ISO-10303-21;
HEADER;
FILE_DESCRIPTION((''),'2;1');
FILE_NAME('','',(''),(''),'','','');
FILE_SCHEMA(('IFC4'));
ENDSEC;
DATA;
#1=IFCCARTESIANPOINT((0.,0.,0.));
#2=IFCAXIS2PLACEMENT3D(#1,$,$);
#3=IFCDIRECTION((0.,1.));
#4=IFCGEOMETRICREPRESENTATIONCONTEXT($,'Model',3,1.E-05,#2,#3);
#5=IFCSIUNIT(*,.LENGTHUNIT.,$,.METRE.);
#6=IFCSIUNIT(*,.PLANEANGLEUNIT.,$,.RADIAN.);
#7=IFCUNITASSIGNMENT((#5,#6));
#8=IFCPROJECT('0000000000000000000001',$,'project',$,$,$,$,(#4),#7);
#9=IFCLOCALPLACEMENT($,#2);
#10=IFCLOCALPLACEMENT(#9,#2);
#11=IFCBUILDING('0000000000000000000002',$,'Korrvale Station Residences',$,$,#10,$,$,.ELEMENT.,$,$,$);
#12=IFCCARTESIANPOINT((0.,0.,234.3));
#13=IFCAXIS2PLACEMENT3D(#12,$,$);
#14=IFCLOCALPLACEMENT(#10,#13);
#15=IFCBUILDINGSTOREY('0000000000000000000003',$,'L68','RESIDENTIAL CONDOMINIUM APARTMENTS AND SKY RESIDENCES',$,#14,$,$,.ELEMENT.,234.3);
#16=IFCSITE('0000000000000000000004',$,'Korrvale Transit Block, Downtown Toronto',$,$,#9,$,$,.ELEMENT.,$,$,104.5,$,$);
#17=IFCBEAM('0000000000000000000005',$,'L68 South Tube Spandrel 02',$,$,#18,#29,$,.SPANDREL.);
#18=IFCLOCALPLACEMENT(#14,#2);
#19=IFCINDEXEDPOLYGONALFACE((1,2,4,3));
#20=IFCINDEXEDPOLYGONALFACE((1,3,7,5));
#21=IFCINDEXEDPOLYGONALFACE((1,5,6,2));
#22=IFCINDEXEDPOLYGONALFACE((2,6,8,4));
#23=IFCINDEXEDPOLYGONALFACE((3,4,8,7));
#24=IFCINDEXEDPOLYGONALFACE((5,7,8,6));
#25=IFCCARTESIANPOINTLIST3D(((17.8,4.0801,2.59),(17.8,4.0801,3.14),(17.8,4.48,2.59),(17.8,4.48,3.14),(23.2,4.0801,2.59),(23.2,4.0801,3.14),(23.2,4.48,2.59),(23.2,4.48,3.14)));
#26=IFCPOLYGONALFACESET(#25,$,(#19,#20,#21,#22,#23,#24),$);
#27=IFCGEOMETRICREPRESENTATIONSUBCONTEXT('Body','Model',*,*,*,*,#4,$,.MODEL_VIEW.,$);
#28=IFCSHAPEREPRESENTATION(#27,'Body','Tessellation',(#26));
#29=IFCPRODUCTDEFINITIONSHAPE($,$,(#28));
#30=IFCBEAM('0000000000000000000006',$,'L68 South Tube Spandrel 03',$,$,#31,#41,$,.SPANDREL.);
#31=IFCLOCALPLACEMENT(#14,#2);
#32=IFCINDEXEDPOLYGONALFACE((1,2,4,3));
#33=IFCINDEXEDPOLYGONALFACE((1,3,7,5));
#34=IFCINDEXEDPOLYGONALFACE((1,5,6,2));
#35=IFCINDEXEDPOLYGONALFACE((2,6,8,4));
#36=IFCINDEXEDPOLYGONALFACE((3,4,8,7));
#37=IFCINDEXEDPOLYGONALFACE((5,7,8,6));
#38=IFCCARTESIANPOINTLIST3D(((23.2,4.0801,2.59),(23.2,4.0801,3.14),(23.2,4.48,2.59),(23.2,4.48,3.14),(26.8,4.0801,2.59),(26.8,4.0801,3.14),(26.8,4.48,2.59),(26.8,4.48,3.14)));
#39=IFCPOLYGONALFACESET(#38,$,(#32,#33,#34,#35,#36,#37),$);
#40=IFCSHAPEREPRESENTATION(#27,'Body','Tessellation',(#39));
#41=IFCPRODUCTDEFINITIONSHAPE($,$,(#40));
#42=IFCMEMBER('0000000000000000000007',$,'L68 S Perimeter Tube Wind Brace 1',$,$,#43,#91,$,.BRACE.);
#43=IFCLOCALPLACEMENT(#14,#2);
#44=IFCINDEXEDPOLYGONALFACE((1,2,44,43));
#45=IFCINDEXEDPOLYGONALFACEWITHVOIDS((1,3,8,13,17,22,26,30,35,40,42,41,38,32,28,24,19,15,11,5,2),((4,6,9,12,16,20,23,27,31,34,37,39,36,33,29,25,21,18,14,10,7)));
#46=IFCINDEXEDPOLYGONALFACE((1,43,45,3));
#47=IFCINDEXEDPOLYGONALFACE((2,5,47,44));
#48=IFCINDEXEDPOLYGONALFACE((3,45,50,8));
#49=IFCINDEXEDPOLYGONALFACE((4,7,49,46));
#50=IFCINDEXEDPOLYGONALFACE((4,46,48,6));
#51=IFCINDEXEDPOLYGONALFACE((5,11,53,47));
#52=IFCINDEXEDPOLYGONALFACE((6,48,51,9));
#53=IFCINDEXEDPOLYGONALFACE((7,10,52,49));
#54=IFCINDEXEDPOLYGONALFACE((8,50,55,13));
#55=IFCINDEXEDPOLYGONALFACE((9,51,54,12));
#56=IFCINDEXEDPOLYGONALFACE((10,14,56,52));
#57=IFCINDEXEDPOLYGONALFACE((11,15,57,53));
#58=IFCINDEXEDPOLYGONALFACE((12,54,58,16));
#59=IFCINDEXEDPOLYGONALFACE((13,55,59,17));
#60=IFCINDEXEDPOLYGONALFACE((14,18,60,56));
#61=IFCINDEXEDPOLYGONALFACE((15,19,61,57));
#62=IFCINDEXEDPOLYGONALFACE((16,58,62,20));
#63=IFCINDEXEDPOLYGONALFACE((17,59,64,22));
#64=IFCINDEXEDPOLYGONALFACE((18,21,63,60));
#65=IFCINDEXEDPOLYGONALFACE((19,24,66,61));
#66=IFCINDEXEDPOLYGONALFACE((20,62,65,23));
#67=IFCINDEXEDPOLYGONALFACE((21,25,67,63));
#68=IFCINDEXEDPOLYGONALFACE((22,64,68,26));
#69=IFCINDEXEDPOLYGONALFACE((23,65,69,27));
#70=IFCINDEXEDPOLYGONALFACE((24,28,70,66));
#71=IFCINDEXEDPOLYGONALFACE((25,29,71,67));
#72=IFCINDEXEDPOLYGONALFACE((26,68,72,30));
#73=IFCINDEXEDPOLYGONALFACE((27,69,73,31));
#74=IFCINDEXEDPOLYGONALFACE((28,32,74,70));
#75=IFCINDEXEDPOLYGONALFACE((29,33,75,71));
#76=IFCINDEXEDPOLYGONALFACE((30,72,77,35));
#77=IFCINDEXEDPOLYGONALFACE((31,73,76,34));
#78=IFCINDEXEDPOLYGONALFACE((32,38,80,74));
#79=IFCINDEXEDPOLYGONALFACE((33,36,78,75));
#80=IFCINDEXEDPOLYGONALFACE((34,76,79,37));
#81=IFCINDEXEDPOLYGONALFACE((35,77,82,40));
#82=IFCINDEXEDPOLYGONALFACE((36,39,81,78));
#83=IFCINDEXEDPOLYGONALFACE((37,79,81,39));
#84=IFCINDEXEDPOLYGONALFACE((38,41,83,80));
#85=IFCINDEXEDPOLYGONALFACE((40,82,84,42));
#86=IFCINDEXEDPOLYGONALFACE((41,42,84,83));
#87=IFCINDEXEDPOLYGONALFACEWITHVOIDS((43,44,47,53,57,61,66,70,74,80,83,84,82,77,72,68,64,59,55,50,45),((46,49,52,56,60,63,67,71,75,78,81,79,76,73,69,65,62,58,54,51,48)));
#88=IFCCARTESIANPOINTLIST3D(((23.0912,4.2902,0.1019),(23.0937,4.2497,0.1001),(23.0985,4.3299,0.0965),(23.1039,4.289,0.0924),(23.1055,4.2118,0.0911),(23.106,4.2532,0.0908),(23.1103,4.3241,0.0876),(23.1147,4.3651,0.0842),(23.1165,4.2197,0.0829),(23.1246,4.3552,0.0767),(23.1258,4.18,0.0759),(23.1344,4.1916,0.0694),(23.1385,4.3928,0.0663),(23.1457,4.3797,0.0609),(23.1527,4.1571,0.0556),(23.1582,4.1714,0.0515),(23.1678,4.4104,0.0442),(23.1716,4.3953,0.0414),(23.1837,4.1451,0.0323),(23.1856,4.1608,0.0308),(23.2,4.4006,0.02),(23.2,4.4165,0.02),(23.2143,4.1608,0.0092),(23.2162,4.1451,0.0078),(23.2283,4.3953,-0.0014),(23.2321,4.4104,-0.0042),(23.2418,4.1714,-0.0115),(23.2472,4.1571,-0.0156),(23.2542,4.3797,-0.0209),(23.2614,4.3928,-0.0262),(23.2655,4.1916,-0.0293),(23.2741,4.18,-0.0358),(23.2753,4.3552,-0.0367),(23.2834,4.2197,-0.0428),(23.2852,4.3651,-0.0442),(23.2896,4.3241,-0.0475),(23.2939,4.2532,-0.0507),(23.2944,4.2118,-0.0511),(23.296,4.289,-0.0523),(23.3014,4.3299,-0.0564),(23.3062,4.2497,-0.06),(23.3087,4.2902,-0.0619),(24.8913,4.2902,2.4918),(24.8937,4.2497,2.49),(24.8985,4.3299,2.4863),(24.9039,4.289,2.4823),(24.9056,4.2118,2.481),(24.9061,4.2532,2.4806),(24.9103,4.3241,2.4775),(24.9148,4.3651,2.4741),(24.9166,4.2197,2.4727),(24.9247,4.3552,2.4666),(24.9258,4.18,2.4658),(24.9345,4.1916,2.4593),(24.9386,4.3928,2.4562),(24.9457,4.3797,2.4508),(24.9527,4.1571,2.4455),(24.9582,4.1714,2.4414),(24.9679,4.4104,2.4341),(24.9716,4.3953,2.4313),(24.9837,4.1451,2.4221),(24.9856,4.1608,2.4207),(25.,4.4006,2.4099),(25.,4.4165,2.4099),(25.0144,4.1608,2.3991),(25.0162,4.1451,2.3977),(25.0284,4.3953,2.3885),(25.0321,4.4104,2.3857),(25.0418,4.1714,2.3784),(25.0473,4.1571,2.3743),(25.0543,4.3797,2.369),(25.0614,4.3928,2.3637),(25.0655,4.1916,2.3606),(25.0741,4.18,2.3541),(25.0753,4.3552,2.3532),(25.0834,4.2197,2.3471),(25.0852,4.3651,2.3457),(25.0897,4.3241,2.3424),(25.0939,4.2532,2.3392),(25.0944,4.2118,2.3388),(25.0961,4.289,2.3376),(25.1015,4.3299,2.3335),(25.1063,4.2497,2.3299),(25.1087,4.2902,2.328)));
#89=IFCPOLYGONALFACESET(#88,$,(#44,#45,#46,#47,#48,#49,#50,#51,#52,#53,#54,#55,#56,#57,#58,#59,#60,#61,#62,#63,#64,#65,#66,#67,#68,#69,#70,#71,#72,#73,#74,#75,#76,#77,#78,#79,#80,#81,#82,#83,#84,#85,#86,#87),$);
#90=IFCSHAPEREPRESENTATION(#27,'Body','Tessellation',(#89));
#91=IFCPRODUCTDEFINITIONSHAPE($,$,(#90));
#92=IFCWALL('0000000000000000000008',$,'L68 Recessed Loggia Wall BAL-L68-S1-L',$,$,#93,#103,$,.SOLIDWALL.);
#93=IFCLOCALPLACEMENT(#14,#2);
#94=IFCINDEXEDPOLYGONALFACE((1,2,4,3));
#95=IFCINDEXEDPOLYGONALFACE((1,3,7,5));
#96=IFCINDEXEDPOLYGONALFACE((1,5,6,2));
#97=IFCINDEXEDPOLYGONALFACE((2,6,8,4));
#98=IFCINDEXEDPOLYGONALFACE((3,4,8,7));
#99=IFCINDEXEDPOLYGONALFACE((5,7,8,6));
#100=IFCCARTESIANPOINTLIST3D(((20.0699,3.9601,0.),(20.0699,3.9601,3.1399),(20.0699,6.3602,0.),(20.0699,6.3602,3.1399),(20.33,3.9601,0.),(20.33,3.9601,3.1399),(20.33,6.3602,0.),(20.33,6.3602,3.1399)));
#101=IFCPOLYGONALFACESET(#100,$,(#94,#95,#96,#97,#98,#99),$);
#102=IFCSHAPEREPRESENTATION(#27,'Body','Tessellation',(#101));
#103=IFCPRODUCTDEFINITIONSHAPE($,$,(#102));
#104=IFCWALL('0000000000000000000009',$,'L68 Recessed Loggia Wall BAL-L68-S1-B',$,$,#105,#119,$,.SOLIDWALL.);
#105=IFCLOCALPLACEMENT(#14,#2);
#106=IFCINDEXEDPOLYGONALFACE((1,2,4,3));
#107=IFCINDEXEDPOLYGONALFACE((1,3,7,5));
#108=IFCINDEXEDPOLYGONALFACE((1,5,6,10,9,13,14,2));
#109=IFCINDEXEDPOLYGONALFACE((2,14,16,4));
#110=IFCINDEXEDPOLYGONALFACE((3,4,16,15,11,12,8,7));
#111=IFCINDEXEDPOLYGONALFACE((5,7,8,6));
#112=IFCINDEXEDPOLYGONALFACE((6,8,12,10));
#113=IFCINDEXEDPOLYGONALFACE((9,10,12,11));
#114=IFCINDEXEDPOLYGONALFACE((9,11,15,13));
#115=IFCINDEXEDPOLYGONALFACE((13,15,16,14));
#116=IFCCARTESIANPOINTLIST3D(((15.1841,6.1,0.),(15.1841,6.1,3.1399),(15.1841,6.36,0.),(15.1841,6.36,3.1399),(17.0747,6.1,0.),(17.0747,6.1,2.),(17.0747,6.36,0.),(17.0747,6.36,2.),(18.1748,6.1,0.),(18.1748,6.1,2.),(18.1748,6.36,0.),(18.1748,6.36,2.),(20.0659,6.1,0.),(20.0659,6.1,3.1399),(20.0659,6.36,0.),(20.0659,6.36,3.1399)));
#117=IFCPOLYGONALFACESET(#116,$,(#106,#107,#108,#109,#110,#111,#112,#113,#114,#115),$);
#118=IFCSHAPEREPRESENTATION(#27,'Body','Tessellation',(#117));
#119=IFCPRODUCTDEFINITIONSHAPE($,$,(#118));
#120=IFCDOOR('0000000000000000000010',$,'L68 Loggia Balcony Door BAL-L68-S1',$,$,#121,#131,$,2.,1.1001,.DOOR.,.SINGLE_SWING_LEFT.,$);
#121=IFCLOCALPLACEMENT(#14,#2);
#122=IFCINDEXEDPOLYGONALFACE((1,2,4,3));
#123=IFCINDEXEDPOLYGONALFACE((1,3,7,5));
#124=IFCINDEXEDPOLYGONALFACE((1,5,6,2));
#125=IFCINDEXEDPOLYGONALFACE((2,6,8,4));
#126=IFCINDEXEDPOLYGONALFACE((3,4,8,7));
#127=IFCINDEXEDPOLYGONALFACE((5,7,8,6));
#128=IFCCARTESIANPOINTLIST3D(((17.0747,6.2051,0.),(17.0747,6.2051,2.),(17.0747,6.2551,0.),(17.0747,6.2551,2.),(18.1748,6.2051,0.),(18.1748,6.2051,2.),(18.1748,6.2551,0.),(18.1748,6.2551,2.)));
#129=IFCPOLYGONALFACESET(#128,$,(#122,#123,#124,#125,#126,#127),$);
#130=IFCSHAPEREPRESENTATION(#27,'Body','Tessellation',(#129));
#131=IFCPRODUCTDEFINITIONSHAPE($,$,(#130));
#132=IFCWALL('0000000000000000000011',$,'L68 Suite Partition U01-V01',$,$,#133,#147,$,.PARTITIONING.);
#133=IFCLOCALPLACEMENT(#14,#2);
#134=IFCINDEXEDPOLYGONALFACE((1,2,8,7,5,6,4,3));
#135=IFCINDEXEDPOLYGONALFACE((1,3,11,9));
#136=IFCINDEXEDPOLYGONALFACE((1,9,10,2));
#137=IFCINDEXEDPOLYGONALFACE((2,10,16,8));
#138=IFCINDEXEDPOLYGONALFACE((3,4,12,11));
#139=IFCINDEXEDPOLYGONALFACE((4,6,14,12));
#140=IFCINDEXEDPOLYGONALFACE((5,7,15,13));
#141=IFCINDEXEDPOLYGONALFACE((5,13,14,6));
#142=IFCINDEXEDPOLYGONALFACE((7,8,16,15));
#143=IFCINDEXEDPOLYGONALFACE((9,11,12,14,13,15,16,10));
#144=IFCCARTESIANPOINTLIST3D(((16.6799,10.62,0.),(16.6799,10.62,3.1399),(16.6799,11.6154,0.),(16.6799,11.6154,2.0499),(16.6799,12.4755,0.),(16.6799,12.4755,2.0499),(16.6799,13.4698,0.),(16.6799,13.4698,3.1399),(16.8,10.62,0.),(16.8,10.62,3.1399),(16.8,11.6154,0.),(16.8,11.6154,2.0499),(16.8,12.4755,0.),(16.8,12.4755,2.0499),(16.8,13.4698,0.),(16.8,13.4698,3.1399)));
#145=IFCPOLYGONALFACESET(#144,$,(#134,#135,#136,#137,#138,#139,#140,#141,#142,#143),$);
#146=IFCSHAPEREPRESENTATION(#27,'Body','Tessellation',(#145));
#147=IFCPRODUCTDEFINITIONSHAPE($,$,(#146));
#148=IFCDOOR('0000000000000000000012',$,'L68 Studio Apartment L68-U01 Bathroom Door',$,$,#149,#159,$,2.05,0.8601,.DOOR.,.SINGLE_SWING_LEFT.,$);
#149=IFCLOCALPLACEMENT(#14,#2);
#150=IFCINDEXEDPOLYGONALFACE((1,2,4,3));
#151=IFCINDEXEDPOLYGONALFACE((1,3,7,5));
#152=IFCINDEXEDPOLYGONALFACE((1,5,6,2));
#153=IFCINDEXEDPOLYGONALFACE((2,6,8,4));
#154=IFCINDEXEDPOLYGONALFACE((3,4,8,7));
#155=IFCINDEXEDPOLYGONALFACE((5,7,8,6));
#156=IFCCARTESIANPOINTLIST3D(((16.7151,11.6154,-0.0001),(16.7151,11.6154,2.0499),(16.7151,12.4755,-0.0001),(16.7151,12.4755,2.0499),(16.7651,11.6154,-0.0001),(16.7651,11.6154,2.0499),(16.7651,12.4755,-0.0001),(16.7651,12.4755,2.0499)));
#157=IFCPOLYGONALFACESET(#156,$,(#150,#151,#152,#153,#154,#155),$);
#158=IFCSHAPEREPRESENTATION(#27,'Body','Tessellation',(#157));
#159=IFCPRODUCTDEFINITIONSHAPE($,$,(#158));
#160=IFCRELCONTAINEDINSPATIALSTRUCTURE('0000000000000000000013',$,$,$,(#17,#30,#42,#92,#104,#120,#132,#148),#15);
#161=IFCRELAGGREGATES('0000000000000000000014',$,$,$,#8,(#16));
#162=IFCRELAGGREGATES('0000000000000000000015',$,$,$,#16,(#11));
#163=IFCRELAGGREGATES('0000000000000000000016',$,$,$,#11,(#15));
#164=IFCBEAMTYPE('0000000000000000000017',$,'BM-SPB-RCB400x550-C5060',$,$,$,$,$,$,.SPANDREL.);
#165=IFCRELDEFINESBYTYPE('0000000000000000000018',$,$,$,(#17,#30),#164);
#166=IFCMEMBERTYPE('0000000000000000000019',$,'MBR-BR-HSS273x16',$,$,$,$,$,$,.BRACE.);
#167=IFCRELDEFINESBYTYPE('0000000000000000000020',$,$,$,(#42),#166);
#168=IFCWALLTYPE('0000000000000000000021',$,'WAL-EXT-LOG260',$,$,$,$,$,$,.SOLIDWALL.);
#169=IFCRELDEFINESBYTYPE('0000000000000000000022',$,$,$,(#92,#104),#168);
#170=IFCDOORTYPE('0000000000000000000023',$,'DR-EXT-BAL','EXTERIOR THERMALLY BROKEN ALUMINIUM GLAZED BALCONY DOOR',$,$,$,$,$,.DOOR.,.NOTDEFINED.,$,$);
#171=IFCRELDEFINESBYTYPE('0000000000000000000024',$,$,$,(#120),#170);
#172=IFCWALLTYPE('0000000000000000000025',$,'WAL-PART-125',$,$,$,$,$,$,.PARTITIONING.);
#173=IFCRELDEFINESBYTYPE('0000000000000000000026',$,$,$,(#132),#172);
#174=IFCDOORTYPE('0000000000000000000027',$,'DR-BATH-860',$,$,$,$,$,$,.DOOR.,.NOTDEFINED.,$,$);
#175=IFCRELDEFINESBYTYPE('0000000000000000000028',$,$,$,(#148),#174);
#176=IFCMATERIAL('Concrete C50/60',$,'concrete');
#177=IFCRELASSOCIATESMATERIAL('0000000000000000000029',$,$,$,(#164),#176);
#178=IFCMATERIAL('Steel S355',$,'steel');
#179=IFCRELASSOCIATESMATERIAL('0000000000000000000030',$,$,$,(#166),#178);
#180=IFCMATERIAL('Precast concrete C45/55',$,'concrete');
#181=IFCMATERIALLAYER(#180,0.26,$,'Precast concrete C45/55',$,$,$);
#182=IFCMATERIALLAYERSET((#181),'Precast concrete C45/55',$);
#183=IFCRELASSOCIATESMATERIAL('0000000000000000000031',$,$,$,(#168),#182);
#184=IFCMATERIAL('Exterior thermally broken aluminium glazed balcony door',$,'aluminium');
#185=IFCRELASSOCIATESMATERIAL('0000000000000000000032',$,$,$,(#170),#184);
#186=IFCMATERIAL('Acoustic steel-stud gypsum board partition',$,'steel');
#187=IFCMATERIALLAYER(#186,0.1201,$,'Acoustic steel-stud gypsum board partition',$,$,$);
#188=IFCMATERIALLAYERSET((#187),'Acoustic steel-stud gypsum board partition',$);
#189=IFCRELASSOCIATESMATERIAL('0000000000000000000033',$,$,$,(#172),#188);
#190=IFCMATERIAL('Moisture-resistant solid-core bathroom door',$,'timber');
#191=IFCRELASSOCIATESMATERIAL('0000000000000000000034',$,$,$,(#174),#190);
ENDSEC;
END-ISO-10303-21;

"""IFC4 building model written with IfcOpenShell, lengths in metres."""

from ifc_helpers import new_model, si_unit, direction, frame, frame_2d, origin, origin_2d, place, context, subcontext, project, spatial, rectangle, hollow_circle, extrude, material, layer, layer_set, material_profile, profile_set, type_object, element, fill, save


model = new_model("IFC4")

# Units and contexts
model_context = context("Model", 3, precision=1e-05, world=origin(), true_north=direction((0.0, 1.0)))
body_context = subcontext(model_context, "Body", "Model", "MODEL_VIEW")
ifc_project = project(units=[si_unit("LENGTHUNIT", "METRE"), si_unit("PLANEANGLEUNIT", "RADIAN")], contexts=[model_context])

# Site, building, storey
site_placement = place(None, origin())
site = spatial("IfcSite", under=ifc_project, at=site_placement, Name="Korrvale Transit Block, Downtown Toronto", CompositionType="ELEMENT", RefElevation=104.5)
building_placement = place(site_placement, origin())
building = spatial("IfcBuilding", under=site, at=building_placement, Name="Korrvale Station Residences", CompositionType="ELEMENT")
storey_placement = place(building_placement, frame((0.0, 0.0, 234.3)))
storey = spatial("IfcBuildingStorey", under=building, at=storey_placement, Name="L68", Description="RESIDENTIAL CONDOMINIUM APARTMENTS AND SKY RESIDENCES", CompositionType="ELEMENT", Elevation=234.3)

# Shared definitions
ifc_material_1 = material(Name="Concrete C50/60", Category="concrete")

# Beams
ifc_material_2 = material(Name="Steel S355", Category="steel")
ifc_material_profile_1 = material_profile(ifc_material_1, rectangle(XDim=0.3999, YDim=0.55, at=origin_2d()), Name="RCB400x550")
ifc_profile_set_1 = profile_set([ifc_material_profile_1], Name="Concrete C50/60")
beam_type_1 = type_object("IfcBeamType", Name="BM-SPB-RCB400x550-C5060", PredefinedType="SPANDREL", material=ifc_profile_set_1)
beam_1_placement = place(storey_placement, frame((17.8, 4.28, 2.865), z_axis=(1.0, 0.0, 0.0), x_axis=(0.0, 1.0, 0.0)))
element("IfcBeam", 1, at=beam_1_placement, inside=storey, type_object=beam_type_1, Name="L68 South Tube Spandrel 02", PredefinedType="SPANDREL", context=body_context, shape_type="SweptSolid", body=[
    extrude(rectangle(XDim=0.3999, YDim=0.55, at=origin_2d()), origin(), (0.0, 0.0, 1.0), 5.3999),
])
beam_2_placement = place(storey_placement, frame((23.2, 4.28, 2.865), z_axis=(1.0, 0.0, 0.0), x_axis=(0.0, 1.0, 0.0)))
element("IfcBeam", 2, at=beam_2_placement, inside=storey, type_object=beam_type_1, Name="L68 South Tube Spandrel 03", PredefinedType="SPANDREL", context=body_context, shape_type="SweptSolid", body=[
    extrude(rectangle(XDim=0.3999, YDim=0.55, at=origin_2d()), origin(), (0.0, 0.0, 1.0), 3.6001),
])

# Member
ifc_material_profile_2 = material_profile(ifc_material_2, hollow_circle(Radius=0.1365, WallThickness=0.0159, at=origin_2d()), Name="HSS273x16")
ifc_profile_set_2 = profile_set([ifc_material_profile_2], Name="Steel S355")
member_type = type_object("IfcMemberType", Name="MBR-BR-HSS273x16", PredefinedType="BRACE", material=ifc_profile_set_2)
member_placement = place(storey_placement, frame((23.2, 4.28, 0.02), z_axis=(0.601631, 0.0, 0.798774), x_axis=(0.0, 1.0, 0.0)))
element("IfcMember", 3, at=member_placement, inside=storey, type_object=member_type, Name="L68 S Perimeter Tube Wind Brace 1", PredefinedType="BRACE", context=body_context, shape_type="SweptSolid", body=[
    extrude(hollow_circle(Radius=0.1365, WallThickness=0.0159, at=origin_2d()), origin(), (0.0, 0.0, 1.0), 2.9919),
])

# Wall
ifc_material_3 = material(Name="Precast concrete C45/55", Category="concrete")
ifc_layer_1 = layer(ifc_material_3, 0.26, Name="Precast concrete C45/55")
ifc_layer_set_1 = layer_set([ifc_layer_1], Name="Precast concrete C45/55")
wall_type_1 = type_object("IfcWallType", Name="WAL-EXT-LOG260", PredefinedType="SOLIDWALL", material=ifc_layer_set_1)
wall_1_placement = place(storey_placement, frame((20.2, 3.96, 0.0), z_axis=(0.0, 0.0, 1.0), x_axis=(0.0, 1.0, 0.0)))
element("IfcWall", 4, at=wall_1_placement, inside=storey, type_object=wall_type_1, Name="L68 Recessed Loggia Wall BAL-L68-S1-L", PredefinedType="SOLIDWALL", context=body_context, shape_type="SweptSolid", body=[
    extrude(rectangle(XDim=2.4001, YDim=0.26, at=frame_2d((1.2002, 0.0))), origin(), (0.0, 0.0, 1.0), 3.1399),
])

# Walls, openings, doors
wall_2_placement = place(storey_placement, frame((20.0659, 6.23, 0.0), z_axis=(0.0, 0.0, 1.0), x_axis=(-1.0, 0.0, 0.0)))
wall_2 = element("IfcWall", 5, at=wall_2_placement, inside=storey, type_object=wall_type_1, Name="L68 Recessed Loggia Wall BAL-L68-S1-B", PredefinedType="SOLIDWALL", context=body_context, shape_type="SweptSolid", body=[
    extrude(rectangle(XDim=4.8818, YDim=0.26, at=frame_2d((2.4409, 0.0))), origin(), (0.0, 0.0, 1.0), 3.1399),
])
opening_1_placement = place(wall_2_placement, frame((1.8911, 0.0, 0.0)))
opening_1 = element("IfcOpeningElement", 6, at=opening_1_placement, cuts=wall_2, PredefinedType="OPENING", context=body_context, shape_type="SweptSolid", body=[
    extrude(rectangle(XDim=1.1001, YDim=2.0, at=frame_2d((0.55, 1.0))), frame((0.0, 0.1401, 0.0), z_axis=(0.0, -1.0, 0.0), x_axis=(1.0, 0.0, 0.0)), (0.0, 0.0, 1.0), 0.28),
])
ifc_material_4 = material(Name="Exterior thermally broken aluminium glazed balcony door", Category="aluminium")
door_type_1 = type_object("IfcDoorType", Name="DR-EXT-BAL", Description="EXTERIOR THERMALLY BROKEN ALUMINIUM GLAZED BALCONY DOOR", OperationType="NOTDEFINED", PredefinedType="DOOR", material=ifc_material_4)
door_1_placement = place(opening_1_placement, origin())
door_1 = element("IfcDoor", 7, at=door_1_placement, inside=storey, type_object=door_type_1, Name="L68 Loggia Balcony Door BAL-L68-S1", OperationType="SINGLE_SWING_LEFT", OverallHeight=2.0, OverallWidth=1.1001, PredefinedType="DOOR", context=body_context, shape_type="SweptSolid", body=[
    extrude(rectangle(XDim=1.1001, YDim=2.0, at=frame_2d((0.55, 1.0))), frame((0.0, 0.0249, 0.0), z_axis=(0.0, -1.0, 0.0), x_axis=(1.0, 0.0, 0.0)), (0.0, 0.0, 1.0), 0.05),
])
fill(opening_1, door_1)
ifc_material_5 = material(Name="Acoustic steel-stud gypsum board partition", Category="steel")
ifc_layer_2 = layer(ifc_material_5, 0.1201, Name="Acoustic steel-stud gypsum board partition")
ifc_layer_set_2 = layer_set([ifc_layer_2], Name="Acoustic steel-stud gypsum board partition")
wall_type_2 = type_object("IfcWallType", Name="WAL-PART-125", PredefinedType="PARTITIONING", material=ifc_layer_set_2)
wall_3_placement = place(storey_placement, frame((16.74, 10.6201, 0.0), z_axis=(0.0, 0.0, 1.0), x_axis=(0.0, 1.0, 0.0)))
wall_3 = element("IfcWall", 8, at=wall_3_placement, inside=storey, type_object=wall_type_2, Name="L68 Suite Partition U01-V01", PredefinedType="PARTITIONING", context=body_context, shape_type="SweptSolid", body=[
    extrude(rectangle(XDim=2.8499, YDim=0.1201, at=frame_2d((1.4248, 0.0))), origin(), (0.0, 0.0, 1.0), 3.1399),
])
opening_2_placement = place(wall_3_placement, frame((0.9951, 0.0, 0.0)))
opening_2 = element("IfcOpeningElement", 9, at=opening_2_placement, cuts=wall_3, PredefinedType="OPENING", context=body_context, shape_type="SweptSolid", body=[
    extrude(rectangle(XDim=0.8601, YDim=2.05, at=frame_2d((0.4302, 1.0249))), frame((0.0, 0.0701, 0.0), z_axis=(0.0, -1.0, 0.0), x_axis=(1.0, 0.0, 0.0)), (0.0, 0.0, 1.0), 0.1401),
])
ifc_material_6 = material(Name="Moisture-resistant solid-core bathroom door", Category="timber")
door_type_2 = type_object("IfcDoorType", Name="DR-BATH-860", OperationType="NOTDEFINED", PredefinedType="DOOR", material=ifc_material_6)
door_2_placement = place(opening_2_placement, origin())
door_2 = element("IfcDoor", 10, at=door_2_placement, inside=storey, type_object=door_type_2, Name="L68 Studio Apartment L68-U01 Bathroom Door", OperationType="SINGLE_SWING_LEFT", OverallHeight=2.05, OverallWidth=0.8601, PredefinedType="DOOR", context=body_context, shape_type="SweptSolid", body=[
    extrude(rectangle(XDim=0.8601, YDim=2.05, at=frame_2d((0.4302, 1.0249))), frame((0.0, 0.0249, 0.0), z_axis=(0.0, -1.0, 0.0), x_axis=(1.0, 0.0, 0.0)), (0.0, 0.0, 1.0), 0.05),
])
fill(opening_2, door_2)

save(model, "model.ifc")
